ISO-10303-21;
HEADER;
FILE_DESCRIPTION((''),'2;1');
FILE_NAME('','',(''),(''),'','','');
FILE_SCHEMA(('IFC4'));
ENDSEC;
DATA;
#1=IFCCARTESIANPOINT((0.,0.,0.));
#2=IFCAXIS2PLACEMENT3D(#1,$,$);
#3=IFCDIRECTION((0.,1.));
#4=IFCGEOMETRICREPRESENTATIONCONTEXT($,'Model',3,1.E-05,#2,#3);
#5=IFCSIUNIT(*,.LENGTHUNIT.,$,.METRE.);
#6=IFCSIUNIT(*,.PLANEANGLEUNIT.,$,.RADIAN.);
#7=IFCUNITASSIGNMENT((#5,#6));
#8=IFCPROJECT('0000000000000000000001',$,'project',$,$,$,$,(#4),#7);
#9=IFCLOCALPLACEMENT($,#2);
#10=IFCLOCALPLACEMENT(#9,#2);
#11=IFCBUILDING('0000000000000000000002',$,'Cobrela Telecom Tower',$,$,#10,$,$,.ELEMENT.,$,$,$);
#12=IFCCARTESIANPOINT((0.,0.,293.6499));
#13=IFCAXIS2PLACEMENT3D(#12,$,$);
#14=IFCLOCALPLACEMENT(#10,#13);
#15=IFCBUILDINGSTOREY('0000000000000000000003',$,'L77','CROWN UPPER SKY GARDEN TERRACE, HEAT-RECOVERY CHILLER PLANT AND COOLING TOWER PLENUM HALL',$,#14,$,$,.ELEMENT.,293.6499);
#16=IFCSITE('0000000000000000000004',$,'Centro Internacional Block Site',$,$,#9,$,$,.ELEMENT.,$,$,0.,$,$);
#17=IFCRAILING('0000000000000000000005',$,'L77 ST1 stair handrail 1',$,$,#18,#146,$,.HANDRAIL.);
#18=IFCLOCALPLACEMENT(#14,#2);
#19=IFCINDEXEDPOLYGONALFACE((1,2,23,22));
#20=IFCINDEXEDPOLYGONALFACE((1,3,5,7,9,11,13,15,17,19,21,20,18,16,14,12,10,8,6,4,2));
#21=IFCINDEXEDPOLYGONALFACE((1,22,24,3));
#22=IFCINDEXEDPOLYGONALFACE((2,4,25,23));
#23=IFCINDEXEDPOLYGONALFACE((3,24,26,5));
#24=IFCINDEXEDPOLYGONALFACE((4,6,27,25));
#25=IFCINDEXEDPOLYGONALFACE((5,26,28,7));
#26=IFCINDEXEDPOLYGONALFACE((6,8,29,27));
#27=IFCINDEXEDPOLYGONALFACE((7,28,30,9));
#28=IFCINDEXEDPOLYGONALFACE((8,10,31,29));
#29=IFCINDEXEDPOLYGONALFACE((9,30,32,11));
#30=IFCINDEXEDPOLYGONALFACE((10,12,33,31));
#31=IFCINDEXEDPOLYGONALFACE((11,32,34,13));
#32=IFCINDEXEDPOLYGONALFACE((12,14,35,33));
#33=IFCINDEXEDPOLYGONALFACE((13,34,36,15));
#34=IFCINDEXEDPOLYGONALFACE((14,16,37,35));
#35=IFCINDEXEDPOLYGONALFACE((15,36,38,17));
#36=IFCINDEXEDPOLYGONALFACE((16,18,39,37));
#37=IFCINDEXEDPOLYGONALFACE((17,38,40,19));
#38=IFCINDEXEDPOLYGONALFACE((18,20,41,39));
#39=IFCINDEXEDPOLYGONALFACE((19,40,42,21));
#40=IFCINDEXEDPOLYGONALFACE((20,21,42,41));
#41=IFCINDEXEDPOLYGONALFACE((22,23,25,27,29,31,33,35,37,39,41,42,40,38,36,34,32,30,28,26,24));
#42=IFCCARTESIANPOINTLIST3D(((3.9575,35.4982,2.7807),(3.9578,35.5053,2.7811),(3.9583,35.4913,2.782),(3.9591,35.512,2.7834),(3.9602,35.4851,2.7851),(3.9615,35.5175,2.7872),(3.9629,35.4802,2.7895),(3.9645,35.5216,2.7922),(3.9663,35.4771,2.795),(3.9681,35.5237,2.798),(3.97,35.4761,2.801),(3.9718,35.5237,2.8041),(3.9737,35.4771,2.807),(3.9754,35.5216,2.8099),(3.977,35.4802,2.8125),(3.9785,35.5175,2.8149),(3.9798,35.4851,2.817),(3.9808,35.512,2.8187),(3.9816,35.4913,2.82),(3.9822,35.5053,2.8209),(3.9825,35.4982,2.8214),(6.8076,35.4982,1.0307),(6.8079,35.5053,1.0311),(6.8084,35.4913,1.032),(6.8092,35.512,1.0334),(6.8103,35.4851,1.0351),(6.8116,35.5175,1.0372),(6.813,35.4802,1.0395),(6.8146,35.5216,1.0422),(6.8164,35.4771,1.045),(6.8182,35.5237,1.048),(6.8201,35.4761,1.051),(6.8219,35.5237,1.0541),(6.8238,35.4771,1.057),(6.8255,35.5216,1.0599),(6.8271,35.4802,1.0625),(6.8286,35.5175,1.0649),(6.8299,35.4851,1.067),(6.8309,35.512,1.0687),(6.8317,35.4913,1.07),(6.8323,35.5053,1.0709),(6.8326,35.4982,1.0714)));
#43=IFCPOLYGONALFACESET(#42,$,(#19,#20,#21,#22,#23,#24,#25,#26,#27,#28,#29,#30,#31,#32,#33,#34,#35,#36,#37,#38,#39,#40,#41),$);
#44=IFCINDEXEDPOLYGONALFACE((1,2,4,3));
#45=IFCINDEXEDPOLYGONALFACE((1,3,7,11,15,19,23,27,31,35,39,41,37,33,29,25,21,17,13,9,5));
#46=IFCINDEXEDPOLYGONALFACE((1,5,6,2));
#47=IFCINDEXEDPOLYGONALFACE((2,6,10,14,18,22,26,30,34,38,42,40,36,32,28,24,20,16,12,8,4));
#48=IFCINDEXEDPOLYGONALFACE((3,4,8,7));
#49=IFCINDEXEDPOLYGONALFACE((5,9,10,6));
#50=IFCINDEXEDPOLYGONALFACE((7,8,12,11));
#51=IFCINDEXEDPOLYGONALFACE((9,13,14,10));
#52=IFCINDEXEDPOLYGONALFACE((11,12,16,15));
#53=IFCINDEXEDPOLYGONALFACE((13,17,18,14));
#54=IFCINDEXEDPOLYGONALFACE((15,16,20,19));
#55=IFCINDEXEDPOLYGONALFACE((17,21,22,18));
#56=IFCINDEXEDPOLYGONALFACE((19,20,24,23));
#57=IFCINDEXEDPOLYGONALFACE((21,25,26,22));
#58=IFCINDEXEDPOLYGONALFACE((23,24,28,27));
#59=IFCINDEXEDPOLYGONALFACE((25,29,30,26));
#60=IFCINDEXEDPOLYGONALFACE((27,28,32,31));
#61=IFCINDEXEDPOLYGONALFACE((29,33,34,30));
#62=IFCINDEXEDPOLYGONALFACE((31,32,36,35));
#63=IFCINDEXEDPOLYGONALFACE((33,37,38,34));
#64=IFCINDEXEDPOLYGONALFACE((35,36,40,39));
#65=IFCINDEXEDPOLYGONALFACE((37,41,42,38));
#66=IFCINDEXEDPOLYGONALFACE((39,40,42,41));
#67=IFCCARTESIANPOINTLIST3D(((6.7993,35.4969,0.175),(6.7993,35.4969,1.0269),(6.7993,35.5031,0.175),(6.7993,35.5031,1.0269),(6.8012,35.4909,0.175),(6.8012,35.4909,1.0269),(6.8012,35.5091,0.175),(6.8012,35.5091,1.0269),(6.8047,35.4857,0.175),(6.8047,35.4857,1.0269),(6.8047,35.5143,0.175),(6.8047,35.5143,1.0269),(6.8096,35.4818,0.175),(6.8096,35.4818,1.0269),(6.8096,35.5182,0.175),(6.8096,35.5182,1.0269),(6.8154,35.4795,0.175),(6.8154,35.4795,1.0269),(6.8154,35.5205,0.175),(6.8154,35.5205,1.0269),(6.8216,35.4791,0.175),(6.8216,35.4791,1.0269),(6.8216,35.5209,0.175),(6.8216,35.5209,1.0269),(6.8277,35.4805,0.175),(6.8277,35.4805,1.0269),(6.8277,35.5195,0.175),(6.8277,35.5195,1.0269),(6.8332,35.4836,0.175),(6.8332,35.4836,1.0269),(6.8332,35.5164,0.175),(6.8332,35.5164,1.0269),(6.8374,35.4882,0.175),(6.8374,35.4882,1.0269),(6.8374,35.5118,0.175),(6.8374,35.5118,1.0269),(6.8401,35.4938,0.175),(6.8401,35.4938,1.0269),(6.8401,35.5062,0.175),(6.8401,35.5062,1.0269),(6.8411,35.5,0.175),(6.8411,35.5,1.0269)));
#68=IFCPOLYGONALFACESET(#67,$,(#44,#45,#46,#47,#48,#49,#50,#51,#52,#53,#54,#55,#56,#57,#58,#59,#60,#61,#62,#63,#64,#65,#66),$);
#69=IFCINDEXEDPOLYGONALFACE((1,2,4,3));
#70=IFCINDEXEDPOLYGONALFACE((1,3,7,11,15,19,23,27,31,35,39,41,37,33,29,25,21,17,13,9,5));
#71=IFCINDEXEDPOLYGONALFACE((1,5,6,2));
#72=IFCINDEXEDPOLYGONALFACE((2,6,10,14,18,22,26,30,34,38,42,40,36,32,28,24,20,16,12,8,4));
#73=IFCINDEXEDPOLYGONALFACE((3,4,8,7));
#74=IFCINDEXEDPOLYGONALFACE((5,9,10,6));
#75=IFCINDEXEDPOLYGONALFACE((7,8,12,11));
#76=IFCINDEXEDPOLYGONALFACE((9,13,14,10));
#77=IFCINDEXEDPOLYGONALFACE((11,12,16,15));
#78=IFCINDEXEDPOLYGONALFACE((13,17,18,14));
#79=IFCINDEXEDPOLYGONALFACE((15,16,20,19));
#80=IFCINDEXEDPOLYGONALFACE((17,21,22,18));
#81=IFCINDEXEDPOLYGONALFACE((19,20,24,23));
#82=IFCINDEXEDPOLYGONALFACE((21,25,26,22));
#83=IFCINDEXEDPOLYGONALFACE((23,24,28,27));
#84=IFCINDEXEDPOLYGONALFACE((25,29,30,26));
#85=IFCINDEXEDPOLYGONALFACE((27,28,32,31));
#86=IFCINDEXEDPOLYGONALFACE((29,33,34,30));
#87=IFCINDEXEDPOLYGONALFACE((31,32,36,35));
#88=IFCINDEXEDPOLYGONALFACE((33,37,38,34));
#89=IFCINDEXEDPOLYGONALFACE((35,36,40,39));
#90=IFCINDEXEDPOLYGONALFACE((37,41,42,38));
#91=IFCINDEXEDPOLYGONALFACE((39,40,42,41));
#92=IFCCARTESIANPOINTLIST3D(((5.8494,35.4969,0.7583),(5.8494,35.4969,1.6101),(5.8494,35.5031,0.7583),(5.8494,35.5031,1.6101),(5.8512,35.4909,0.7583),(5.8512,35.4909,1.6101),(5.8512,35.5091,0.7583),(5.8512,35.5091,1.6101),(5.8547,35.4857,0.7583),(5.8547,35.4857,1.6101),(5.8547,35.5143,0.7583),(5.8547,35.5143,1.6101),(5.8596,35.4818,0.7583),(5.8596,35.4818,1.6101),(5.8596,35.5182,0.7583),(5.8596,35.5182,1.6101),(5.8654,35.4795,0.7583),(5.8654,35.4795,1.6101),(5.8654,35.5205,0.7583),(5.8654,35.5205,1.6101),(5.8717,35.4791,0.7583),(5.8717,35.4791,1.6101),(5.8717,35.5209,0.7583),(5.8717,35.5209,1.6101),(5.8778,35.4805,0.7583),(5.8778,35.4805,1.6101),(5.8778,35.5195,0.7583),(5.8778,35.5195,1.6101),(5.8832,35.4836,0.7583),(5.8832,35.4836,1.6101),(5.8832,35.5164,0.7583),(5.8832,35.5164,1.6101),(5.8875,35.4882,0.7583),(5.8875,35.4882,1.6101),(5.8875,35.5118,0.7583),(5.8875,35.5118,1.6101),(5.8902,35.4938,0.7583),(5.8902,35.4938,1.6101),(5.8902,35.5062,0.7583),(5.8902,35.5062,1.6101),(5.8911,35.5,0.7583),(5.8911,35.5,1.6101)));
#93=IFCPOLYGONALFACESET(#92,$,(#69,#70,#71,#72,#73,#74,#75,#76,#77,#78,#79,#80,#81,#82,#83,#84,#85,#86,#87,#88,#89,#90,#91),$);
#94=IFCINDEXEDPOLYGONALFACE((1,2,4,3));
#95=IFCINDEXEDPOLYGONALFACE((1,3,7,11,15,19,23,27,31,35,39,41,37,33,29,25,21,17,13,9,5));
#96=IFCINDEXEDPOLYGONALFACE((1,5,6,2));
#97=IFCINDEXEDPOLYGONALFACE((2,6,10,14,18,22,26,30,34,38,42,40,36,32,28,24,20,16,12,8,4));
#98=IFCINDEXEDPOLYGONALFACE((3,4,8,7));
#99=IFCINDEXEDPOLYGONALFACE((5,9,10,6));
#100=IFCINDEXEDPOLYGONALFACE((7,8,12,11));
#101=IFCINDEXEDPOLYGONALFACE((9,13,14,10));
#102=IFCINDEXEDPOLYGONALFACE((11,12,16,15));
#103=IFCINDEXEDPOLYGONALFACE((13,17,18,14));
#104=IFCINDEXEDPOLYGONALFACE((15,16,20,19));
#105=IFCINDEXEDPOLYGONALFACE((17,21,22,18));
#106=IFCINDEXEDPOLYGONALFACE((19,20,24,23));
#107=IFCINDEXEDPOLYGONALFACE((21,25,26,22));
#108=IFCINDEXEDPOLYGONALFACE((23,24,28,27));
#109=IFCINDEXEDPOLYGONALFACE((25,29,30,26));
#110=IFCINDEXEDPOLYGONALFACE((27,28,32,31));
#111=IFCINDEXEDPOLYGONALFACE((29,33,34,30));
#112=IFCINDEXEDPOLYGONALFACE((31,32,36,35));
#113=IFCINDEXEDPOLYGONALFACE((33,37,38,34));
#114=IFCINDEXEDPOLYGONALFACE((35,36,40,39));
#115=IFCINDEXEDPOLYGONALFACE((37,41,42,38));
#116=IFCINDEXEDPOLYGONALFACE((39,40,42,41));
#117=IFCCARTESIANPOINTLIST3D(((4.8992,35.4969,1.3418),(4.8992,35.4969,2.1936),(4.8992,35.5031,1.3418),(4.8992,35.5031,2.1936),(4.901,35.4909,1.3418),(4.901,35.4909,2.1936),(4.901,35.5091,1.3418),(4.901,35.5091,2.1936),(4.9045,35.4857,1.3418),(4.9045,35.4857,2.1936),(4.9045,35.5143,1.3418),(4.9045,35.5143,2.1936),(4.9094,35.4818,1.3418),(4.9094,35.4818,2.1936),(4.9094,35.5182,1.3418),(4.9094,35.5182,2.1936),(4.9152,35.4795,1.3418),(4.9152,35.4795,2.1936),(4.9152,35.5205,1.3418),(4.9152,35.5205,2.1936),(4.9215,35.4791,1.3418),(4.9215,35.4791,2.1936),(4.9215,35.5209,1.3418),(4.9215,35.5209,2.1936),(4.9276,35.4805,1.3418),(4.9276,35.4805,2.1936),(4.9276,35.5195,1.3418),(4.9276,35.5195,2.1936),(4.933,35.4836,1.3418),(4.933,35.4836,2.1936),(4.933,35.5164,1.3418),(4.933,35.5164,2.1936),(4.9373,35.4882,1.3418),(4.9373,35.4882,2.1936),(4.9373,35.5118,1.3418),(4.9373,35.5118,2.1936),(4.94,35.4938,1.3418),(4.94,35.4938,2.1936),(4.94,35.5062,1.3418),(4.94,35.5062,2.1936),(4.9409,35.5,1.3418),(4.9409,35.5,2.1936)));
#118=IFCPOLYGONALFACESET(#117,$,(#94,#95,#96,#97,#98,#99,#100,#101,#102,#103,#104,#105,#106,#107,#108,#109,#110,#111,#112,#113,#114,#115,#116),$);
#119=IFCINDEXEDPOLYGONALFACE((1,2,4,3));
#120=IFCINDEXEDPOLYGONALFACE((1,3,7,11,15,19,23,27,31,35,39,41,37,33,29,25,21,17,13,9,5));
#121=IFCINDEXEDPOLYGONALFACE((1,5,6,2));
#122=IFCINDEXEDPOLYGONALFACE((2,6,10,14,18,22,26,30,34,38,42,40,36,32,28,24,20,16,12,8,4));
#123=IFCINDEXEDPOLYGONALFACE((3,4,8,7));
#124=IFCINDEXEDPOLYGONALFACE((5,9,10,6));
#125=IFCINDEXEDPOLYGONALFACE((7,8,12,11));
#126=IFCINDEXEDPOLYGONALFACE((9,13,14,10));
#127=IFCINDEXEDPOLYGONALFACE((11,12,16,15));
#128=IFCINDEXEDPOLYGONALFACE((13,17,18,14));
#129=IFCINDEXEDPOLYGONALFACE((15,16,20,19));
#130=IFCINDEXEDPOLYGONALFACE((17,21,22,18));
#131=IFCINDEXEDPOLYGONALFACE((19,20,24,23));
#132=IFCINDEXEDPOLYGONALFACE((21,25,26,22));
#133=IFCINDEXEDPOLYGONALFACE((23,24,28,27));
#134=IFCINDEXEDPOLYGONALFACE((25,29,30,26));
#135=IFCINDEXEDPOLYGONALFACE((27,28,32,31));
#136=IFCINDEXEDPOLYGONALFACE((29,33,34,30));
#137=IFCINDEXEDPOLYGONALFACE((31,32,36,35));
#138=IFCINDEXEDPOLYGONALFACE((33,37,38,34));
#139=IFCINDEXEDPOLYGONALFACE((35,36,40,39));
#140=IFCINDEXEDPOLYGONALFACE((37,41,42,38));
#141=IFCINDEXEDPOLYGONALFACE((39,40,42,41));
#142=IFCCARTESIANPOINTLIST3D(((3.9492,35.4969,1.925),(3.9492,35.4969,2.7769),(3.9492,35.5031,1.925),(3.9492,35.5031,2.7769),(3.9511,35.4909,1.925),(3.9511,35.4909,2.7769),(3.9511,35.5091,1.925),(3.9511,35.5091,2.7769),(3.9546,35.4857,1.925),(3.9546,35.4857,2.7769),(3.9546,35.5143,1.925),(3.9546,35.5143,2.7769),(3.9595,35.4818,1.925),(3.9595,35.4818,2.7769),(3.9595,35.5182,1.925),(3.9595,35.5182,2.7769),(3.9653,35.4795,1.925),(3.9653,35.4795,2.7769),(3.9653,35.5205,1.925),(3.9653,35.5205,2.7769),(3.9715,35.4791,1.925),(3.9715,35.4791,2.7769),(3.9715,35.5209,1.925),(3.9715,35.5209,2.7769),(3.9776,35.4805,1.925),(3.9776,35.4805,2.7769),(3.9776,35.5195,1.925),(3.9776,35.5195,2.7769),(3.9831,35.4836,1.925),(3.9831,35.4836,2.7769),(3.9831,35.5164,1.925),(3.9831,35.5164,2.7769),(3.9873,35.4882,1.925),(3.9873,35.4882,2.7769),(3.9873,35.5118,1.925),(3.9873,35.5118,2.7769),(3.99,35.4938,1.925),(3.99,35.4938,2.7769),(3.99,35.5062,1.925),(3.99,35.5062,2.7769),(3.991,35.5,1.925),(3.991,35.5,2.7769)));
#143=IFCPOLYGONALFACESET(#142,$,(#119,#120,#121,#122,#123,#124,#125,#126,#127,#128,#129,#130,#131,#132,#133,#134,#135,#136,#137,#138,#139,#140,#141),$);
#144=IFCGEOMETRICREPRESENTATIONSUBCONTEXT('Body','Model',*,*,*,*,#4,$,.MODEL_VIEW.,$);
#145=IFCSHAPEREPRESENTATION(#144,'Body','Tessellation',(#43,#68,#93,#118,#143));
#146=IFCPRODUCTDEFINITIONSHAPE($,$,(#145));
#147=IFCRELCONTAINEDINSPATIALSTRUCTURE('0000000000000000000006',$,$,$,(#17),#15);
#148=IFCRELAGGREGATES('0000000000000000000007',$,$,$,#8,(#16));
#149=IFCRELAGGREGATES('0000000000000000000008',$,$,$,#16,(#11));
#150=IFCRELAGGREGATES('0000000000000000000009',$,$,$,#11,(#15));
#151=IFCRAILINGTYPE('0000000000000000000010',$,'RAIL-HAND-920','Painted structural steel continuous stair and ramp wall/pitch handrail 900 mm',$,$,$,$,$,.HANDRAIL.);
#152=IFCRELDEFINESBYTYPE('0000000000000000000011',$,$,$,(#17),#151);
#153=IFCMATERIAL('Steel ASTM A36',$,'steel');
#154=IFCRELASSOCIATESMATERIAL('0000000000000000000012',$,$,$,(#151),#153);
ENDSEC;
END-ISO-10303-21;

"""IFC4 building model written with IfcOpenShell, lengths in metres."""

from ifc_helpers import new_model, si_unit, direction, frame, origin, origin_2d, place, context, subcontext, project, spatial, circle, extrude, material, type_object, element, save


model = new_model("IFC4")

# Units and contexts
model_context = context("Model", 3, precision=1e-05, world=origin(), true_north=direction((0.0, 1.0)))
body_context = subcontext(model_context, "Body", "Model", "MODEL_VIEW")
ifc_project = project(units=[si_unit("LENGTHUNIT", "METRE"), si_unit("PLANEANGLEUNIT", "RADIAN")], contexts=[model_context])

# Site, building, storey
site_placement = place(None, origin())
site = spatial("IfcSite", under=ifc_project, at=site_placement, Name="Centro Internacional Block Site", CompositionType="ELEMENT", RefElevation=0.0)
building_placement = place(site_placement, origin())
building = spatial("IfcBuilding", under=site, at=building_placement, Name="Cobrela Telecom Tower", CompositionType="ELEMENT")
storey_placement = place(building_placement, frame((0.0, 0.0, 293.6499)))
storey = spatial("IfcBuildingStorey", under=building, at=storey_placement, Name="L77", Description="CROWN UPPER SKY GARDEN TERRACE, HEAT-RECOVERY CHILLER PLANT AND COOLING TOWER PLENUM HALL", CompositionType="ELEMENT", Elevation=293.6499)

# Shared definitions
ifc_material_1 = material(Name="Steel ASTM A36", Category="steel")

# Railing
railing_type_1 = type_object("IfcRailingType", Name="RAIL-HAND-920", Description="Painted structural steel continuous stair and ramp wall/pitch handrail 900 mm", PredefinedType="HANDRAIL", material=ifc_material_1)
railing_1_placement = place(storey_placement, frame((6.8201, 35.5, 0.175)))
element("IfcRailing", 1, at=railing_1_placement, inside=storey, type_object=railing_type_1, Name="L77 ST1 stair handrail 1", PredefinedType="HANDRAIL", context=body_context, shape_type="SweptSolid", body=[
    extrude(circle(Radius=0.0239, at=origin_2d()), frame((0.0, 0.0, 0.876), z_axis=(-0.852179, 0.0, 0.52325), x_axis=(0.0, -1.0, 0.0)), (0.0, 0.0, 1.0), 3.3445),
    extrude(circle(Radius=0.021, at=origin_2d()), origin(), (0.0, 0.0, 1.0), 0.8518),
    extrude(circle(Radius=0.021, at=origin_2d()), frame((-0.95, 0.0, 0.5833)), (0.0, 0.0, 1.0), 0.8518),
    extrude(circle(Radius=0.021, at=origin_2d()), frame((-1.9001, 0.0, 1.1667)), (0.0, 0.0, 1.0), 0.8518),
    extrude(circle(Radius=0.021, at=origin_2d()), frame((-2.8501, 0.0, 1.75)), (0.0, 0.0, 1.0), 0.8518),
])

save(model, "model.ifc")
